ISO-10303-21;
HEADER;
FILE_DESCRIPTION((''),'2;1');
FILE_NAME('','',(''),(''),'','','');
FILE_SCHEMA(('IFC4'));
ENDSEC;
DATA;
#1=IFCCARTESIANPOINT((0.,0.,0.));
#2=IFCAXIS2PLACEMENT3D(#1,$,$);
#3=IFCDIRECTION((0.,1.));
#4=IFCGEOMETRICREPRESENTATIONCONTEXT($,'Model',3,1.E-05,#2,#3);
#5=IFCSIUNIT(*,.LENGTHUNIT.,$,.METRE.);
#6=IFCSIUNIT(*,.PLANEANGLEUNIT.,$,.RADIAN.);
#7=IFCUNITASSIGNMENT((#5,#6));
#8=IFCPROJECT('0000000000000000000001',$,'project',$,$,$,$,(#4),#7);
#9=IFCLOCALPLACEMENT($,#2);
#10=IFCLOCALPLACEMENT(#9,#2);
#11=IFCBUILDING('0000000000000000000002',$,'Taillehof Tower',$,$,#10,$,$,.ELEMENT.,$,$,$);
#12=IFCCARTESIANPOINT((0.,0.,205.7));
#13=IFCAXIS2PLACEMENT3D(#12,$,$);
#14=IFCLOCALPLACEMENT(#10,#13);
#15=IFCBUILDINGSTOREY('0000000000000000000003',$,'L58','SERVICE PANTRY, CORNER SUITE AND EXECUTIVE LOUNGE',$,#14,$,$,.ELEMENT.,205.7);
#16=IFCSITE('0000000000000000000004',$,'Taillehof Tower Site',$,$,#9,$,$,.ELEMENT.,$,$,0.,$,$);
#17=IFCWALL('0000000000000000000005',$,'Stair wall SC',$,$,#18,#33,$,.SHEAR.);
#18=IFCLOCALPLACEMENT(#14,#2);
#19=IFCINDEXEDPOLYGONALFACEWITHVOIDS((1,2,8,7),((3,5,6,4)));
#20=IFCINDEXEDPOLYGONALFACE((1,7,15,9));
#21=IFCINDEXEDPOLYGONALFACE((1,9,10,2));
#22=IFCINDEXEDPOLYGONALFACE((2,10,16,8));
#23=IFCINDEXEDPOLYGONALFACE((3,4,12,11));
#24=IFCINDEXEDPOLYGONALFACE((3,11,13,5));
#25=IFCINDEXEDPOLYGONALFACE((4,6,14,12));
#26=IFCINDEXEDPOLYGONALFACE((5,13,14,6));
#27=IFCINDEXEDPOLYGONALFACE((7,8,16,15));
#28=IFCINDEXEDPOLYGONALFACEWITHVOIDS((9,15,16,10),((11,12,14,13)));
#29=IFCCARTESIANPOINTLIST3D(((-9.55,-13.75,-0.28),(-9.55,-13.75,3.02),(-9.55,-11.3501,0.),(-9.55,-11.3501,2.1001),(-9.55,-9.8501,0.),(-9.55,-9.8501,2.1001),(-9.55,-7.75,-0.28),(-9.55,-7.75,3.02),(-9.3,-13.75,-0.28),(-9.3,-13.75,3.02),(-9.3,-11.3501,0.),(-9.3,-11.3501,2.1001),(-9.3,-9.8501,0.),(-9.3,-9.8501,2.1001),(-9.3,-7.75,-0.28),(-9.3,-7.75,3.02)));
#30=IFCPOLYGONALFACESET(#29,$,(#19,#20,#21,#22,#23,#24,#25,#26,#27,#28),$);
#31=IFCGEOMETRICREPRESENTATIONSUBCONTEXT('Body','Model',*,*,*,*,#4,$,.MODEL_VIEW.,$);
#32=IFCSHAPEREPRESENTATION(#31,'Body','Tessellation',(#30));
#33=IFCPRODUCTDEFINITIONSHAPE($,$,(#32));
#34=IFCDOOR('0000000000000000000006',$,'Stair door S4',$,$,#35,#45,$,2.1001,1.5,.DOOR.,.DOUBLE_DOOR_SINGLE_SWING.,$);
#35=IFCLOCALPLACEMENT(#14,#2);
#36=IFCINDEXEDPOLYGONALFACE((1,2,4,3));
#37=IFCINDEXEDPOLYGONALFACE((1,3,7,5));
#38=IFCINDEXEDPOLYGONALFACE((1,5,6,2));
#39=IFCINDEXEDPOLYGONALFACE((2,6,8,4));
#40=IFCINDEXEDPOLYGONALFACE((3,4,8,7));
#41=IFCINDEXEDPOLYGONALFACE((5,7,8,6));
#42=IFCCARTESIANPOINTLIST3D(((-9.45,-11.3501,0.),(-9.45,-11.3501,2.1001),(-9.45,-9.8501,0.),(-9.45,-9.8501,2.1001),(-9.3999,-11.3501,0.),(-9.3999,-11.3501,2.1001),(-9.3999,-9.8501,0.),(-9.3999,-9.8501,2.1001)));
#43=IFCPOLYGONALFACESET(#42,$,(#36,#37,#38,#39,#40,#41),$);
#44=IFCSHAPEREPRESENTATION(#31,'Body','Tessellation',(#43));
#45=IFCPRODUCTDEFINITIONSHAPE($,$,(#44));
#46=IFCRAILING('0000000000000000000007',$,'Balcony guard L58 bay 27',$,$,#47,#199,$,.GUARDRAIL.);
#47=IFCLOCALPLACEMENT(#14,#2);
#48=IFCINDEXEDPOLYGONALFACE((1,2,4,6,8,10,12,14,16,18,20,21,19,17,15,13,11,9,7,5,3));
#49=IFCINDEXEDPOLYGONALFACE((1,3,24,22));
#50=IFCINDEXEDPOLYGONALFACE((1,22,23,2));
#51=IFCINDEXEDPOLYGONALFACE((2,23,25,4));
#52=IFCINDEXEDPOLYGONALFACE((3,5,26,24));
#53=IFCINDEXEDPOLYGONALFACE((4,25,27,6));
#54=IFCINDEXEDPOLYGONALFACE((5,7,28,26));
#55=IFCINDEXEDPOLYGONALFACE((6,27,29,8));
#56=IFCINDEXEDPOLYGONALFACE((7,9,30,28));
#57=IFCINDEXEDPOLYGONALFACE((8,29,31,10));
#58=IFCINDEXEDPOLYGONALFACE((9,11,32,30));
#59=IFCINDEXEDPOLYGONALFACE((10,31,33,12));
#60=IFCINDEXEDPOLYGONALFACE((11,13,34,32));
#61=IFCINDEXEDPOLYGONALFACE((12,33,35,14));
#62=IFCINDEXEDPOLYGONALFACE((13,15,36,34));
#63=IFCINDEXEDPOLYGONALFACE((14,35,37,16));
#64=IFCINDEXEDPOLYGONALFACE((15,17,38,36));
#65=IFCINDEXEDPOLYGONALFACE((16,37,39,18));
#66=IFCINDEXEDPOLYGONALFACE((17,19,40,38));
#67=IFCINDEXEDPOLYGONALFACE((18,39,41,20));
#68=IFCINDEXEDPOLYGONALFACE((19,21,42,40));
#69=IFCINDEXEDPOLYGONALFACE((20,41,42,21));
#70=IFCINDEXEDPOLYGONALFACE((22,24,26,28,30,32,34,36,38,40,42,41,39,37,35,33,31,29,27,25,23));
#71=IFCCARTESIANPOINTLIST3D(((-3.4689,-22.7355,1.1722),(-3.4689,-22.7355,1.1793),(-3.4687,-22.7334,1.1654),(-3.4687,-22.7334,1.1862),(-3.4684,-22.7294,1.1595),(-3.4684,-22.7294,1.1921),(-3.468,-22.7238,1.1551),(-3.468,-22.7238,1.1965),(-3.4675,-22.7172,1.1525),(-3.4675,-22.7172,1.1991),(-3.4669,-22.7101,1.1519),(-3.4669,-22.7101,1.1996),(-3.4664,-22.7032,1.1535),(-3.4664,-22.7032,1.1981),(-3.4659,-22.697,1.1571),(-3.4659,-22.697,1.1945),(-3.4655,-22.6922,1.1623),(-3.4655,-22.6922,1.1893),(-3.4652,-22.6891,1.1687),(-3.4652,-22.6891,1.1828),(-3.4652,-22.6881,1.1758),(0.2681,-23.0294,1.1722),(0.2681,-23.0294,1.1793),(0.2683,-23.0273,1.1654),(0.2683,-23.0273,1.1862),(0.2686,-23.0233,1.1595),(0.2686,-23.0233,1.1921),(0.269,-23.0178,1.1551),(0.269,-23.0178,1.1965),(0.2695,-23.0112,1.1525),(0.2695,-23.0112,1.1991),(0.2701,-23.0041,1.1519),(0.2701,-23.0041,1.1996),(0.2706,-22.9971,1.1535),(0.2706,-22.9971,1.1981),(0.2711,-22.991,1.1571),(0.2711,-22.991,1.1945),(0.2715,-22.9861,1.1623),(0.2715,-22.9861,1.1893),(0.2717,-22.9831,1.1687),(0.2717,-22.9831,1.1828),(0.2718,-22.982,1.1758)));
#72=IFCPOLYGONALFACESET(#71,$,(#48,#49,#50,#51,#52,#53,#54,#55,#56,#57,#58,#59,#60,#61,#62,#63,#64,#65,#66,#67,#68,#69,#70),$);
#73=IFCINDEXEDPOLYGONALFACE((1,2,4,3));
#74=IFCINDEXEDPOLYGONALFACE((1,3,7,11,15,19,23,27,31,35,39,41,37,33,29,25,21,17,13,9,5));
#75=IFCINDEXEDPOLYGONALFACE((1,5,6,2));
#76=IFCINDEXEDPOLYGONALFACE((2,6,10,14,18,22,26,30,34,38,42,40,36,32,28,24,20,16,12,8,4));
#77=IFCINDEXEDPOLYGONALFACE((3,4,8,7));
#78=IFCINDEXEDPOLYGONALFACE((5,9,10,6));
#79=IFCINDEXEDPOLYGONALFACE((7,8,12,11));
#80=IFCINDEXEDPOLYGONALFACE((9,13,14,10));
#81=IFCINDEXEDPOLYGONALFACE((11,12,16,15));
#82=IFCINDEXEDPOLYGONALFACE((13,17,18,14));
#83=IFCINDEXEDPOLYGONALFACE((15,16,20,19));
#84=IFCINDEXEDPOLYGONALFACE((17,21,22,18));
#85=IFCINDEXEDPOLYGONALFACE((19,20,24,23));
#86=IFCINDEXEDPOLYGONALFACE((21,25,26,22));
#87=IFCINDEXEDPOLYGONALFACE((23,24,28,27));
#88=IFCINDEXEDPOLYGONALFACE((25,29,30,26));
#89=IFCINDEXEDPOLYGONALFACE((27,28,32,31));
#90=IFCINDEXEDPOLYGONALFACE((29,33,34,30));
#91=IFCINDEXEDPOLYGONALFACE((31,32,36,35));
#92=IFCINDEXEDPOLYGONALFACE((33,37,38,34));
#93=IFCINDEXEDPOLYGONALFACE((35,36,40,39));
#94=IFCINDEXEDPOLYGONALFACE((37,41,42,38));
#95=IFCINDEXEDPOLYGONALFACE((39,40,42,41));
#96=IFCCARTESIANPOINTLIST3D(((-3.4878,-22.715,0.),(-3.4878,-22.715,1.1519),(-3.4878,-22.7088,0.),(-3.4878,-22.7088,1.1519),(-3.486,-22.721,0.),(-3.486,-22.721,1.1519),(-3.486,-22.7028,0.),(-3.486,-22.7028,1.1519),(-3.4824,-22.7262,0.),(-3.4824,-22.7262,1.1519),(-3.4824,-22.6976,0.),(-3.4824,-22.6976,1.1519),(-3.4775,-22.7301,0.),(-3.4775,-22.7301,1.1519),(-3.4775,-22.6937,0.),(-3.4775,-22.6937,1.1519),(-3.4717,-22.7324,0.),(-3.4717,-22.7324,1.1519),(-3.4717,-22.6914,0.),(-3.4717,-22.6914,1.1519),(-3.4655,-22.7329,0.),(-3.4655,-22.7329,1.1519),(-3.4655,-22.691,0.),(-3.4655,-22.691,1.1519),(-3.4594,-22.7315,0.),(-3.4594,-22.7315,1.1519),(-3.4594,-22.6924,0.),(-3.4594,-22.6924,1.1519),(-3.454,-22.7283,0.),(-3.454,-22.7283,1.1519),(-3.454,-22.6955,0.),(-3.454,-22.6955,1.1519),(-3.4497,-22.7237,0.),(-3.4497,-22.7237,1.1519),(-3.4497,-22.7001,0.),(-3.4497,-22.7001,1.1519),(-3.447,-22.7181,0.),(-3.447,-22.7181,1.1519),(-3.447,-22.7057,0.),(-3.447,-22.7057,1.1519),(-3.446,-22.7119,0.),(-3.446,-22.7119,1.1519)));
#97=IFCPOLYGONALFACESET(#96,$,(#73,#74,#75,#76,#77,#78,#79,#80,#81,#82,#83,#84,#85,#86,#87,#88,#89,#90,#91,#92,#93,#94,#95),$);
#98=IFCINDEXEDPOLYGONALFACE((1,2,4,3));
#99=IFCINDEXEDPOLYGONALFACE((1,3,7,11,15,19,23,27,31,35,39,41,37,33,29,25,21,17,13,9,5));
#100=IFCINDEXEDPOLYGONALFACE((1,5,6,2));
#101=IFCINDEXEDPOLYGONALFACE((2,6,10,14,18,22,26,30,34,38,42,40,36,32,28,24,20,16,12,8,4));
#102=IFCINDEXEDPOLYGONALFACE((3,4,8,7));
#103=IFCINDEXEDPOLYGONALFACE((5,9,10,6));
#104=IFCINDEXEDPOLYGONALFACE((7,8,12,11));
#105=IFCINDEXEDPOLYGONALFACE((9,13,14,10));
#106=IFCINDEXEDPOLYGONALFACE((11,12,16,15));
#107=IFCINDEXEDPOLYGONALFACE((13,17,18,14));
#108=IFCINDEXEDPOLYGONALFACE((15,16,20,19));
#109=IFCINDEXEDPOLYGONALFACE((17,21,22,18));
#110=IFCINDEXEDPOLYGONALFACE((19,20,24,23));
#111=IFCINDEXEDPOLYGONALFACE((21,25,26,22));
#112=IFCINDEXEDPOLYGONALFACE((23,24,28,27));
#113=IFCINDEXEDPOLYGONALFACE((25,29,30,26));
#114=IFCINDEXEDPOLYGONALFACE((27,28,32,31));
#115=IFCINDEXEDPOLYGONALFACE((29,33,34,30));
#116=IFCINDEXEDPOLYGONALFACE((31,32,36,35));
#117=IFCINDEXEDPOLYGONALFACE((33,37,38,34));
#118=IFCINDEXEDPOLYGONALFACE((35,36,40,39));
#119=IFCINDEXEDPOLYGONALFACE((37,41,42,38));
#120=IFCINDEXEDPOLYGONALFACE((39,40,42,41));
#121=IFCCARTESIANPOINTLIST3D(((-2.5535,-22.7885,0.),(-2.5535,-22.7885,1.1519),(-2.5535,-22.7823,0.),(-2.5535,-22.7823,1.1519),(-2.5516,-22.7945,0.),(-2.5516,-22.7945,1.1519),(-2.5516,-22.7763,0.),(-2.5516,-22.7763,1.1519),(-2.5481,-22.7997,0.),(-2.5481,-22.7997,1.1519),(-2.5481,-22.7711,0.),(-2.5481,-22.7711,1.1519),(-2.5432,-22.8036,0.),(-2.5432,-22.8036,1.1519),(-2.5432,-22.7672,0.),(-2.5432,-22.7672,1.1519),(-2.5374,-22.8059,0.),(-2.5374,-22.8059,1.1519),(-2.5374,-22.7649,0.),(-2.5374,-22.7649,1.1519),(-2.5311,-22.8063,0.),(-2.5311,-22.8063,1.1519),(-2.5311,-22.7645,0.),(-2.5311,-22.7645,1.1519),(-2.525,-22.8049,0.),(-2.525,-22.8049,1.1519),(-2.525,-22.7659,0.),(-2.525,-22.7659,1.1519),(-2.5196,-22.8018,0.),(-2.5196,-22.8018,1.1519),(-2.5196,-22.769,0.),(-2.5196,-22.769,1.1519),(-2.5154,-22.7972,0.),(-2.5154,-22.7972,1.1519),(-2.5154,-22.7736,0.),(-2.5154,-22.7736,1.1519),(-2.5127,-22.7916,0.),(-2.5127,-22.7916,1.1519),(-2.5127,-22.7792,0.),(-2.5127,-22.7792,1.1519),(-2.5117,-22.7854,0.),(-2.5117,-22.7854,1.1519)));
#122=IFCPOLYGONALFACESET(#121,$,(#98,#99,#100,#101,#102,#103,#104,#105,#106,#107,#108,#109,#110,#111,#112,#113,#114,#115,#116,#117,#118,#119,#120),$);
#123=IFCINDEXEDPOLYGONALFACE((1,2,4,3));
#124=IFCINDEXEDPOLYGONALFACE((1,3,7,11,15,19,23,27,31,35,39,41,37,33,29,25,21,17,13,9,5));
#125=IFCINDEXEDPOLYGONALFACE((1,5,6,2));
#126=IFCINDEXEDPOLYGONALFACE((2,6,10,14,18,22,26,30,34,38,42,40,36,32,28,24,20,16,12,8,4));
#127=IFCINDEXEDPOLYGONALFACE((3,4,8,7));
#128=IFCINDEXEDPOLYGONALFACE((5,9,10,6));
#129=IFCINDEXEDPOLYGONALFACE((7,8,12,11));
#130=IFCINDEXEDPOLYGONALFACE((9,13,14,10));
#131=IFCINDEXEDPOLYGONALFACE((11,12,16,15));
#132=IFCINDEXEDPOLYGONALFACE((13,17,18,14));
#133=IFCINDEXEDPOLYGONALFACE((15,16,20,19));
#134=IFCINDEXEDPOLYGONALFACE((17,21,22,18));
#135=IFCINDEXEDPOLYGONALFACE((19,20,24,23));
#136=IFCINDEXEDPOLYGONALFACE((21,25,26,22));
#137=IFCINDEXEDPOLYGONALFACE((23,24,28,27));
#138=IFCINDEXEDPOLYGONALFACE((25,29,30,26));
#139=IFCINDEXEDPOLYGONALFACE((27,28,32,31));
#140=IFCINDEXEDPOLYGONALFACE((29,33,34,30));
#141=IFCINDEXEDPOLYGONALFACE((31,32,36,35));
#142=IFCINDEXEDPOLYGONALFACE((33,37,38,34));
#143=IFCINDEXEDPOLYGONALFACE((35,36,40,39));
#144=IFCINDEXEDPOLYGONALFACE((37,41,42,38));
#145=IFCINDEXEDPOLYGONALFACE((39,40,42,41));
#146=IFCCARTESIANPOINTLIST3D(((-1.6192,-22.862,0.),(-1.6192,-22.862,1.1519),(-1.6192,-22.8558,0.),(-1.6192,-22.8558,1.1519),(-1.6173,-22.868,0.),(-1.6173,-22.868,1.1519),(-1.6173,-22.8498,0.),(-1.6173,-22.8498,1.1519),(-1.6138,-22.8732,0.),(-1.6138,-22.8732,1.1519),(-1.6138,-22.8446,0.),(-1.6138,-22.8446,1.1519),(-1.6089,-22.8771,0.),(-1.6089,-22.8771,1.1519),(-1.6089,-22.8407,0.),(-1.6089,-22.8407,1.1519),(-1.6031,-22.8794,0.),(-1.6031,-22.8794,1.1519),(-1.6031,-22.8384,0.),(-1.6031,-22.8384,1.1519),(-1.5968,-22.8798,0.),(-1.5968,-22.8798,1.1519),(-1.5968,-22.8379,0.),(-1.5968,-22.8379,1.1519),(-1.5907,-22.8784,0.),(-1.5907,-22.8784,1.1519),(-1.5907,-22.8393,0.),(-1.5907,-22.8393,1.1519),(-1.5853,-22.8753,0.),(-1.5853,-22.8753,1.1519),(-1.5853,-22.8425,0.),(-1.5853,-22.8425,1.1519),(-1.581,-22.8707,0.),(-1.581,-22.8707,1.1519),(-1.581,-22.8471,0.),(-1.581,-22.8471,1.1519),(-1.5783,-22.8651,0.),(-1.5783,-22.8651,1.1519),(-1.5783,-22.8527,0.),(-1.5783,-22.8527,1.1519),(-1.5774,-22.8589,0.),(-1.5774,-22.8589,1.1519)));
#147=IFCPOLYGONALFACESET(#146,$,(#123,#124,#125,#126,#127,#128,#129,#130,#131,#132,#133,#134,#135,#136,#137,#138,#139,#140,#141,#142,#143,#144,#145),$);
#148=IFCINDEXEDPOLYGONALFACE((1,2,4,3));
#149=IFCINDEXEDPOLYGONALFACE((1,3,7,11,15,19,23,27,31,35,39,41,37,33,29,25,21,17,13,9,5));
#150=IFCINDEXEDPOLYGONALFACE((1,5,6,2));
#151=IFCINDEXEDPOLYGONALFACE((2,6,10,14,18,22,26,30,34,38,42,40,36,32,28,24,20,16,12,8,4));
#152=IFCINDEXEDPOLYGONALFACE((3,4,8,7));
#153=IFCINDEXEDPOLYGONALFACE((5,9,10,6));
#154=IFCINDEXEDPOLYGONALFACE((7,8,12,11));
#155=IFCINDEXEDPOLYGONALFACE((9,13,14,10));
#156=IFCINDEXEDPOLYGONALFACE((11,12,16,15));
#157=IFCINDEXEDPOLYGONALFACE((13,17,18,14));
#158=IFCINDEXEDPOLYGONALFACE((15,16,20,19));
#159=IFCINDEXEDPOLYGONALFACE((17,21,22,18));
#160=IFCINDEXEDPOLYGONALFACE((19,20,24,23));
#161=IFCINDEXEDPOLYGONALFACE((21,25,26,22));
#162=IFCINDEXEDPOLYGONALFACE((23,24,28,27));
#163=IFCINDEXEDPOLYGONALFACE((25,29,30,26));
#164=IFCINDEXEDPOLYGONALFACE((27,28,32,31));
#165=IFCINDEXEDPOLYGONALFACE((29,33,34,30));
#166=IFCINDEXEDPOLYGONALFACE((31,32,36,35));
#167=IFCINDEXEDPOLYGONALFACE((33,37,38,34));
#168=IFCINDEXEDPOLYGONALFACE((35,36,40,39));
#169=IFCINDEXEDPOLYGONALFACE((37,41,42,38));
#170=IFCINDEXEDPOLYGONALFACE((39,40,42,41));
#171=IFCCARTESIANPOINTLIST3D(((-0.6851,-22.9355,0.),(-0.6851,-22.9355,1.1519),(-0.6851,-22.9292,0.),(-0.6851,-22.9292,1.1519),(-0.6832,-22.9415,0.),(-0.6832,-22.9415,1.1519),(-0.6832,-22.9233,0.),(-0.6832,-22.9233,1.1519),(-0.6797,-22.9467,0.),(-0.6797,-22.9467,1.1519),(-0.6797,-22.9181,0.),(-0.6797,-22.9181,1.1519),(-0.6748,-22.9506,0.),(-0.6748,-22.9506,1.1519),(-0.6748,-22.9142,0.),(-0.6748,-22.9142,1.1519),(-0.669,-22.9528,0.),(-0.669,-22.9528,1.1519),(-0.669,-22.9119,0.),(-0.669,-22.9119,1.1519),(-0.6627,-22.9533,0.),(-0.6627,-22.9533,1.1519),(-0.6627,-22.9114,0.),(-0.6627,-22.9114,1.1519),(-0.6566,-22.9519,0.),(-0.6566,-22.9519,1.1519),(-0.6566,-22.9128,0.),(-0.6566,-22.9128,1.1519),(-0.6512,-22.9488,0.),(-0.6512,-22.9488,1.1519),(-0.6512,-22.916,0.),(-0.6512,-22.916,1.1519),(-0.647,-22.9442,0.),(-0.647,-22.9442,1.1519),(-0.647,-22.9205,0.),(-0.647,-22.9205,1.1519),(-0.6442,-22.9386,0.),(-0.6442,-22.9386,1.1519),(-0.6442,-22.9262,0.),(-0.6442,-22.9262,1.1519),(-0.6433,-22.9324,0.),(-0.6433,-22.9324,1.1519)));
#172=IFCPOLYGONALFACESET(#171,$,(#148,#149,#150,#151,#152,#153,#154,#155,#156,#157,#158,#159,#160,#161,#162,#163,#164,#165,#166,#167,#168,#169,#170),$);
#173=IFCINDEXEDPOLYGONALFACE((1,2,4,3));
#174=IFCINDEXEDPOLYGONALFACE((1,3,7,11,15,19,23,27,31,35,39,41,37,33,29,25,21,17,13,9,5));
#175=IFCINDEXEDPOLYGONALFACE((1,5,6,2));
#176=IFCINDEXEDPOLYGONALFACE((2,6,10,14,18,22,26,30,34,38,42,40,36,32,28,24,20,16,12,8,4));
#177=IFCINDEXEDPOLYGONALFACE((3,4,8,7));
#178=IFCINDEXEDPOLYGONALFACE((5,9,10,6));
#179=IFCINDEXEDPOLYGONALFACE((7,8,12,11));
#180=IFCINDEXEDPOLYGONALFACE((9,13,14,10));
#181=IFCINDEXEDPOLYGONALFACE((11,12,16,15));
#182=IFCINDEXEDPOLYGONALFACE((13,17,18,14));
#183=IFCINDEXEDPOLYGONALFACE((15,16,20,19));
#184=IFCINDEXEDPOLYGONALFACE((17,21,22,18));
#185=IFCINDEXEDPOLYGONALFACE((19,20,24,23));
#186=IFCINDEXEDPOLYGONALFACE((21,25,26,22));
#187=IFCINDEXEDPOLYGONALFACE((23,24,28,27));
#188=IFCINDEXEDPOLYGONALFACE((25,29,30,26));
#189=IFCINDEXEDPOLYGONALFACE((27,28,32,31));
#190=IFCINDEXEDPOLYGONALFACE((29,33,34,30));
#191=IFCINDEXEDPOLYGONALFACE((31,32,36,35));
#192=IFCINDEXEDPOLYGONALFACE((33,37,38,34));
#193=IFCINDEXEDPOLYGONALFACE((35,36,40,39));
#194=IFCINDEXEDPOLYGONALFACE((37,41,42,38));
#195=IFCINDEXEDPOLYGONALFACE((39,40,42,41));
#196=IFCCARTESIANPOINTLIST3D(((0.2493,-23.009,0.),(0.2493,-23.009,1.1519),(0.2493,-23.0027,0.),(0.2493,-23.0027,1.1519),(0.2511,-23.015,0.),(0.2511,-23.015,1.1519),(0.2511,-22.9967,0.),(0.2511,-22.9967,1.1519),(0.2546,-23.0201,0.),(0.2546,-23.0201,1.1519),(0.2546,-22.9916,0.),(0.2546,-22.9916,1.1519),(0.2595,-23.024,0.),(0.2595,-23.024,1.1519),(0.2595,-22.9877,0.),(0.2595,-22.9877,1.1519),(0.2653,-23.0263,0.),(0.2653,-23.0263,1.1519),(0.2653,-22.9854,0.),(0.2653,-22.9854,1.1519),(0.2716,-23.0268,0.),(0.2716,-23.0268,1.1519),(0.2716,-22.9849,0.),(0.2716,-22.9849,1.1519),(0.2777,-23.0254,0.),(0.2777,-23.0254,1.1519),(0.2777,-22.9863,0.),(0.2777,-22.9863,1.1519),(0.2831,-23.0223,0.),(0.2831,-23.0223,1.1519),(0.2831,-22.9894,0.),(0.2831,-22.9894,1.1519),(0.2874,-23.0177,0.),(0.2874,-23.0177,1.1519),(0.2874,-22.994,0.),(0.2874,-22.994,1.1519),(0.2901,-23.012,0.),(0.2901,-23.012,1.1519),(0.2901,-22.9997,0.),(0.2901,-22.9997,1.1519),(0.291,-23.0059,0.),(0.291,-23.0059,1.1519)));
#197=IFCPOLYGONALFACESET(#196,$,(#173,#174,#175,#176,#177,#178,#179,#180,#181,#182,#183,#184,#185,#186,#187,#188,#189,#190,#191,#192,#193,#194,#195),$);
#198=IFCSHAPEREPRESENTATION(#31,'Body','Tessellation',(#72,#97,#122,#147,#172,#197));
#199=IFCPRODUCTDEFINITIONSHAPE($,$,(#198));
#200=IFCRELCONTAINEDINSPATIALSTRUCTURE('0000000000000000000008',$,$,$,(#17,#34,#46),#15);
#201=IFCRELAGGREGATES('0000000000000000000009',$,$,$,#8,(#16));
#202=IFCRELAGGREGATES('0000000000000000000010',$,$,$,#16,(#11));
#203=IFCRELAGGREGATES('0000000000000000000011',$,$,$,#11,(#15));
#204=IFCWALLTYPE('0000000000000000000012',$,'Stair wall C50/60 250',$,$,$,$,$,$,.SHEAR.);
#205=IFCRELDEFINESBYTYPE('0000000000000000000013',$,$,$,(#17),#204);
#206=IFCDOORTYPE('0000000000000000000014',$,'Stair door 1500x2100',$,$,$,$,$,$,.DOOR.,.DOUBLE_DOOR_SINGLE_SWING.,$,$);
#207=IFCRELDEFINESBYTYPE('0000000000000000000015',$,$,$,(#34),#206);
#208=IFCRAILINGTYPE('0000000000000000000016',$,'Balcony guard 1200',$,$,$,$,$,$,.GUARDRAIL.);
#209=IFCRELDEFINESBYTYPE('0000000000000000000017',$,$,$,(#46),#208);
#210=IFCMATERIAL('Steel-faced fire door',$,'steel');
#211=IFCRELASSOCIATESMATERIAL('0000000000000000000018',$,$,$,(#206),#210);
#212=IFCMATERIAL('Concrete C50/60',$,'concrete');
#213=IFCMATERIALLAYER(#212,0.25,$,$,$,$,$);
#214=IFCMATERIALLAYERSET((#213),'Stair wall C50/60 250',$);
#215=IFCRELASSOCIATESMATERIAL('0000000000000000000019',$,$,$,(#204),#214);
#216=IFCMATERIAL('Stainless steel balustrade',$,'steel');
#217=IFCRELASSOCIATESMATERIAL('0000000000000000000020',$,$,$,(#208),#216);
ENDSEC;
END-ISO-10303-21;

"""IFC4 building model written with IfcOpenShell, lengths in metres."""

from ifc_helpers import new_model, si_unit, direction, frame, frame_2d, origin, origin_2d, place, context, subcontext, project, spatial, rectangle, circle, extrude, material, layer, layer_set, type_object, element, fill, save


model = new_model("IFC4")

# Units and contexts
model_context = context("Model", 3, precision=1e-05, world=origin(), true_north=direction((0.0, 1.0)))
body_context = subcontext(model_context, "Body", "Model", "MODEL_VIEW")
ifc_project = project(units=[si_unit("LENGTHUNIT", "METRE"), si_unit("PLANEANGLEUNIT", "RADIAN")], contexts=[model_context])

# Site, building, storey
site_placement = place(None, origin())
site = spatial("IfcSite", under=ifc_project, at=site_placement, Name="Taillehof Tower Site", CompositionType="ELEMENT", RefElevation=0.0)
building_placement = place(site_placement, origin())
building = spatial("IfcBuilding", under=site, at=building_placement, Name="Taillehof Tower", CompositionType="ELEMENT")
storey_placement = place(building_placement, frame((0.0, 0.0, 205.7)))
storey = spatial("IfcBuildingStorey", under=building, at=storey_placement, Name="L58", Description="SERVICE PANTRY, CORNER SUITE AND EXECUTIVE LOUNGE", CompositionType="ELEMENT", Elevation=205.7)

# Wall, opening, door
ifc_material_1 = material(Name="Steel-faced fire door", Category="steel")
door_type_1 = type_object("IfcDoorType", Name="Stair door 1500x2100", OperationType="DOUBLE_DOOR_SINGLE_SWING", PredefinedType="DOOR", material=ifc_material_1)
ifc_material_2 = material(Name="Concrete C50/60", Category="concrete")
ifc_layer_1 = layer(ifc_material_2, 0.25)
ifc_layer_set_1 = layer_set([ifc_layer_1], Name="Stair wall C50/60 250")
wall_type_1 = type_object("IfcWallType", Name="Stair wall C50/60 250", PredefinedType="SHEAR", material=ifc_layer_set_1)
wall_1_placement = place(storey_placement, frame((-9.425, -13.75, -0.28), z_axis=(0.0, 0.0, 1.0), x_axis=(0.0, 1.0, 0.0)))
wall_1 = element("IfcWall", 1, at=wall_1_placement, inside=storey, type_object=wall_type_1, Name="Stair wall SC", PredefinedType="SHEAR", context=body_context, shape_type="SweptSolid", body=[
    extrude(rectangle(XDim=6.0, YDim=0.25, at=frame_2d((3.0, 0.0))), origin(), (0.0, 0.0, 1.0), 3.3),
])
opening_1_placement = place(wall_1_placement, frame((2.3999, 0.0, 0.28)))
opening_1 = element("IfcOpeningElement", 2, at=opening_1_placement, cuts=wall_1, PredefinedType="OPENING", context=body_context, shape_type="SweptSolid", body=[
    extrude(rectangle(XDim=1.5, YDim=2.1001, at=frame_2d((0.75, 1.05))), frame((0.0, 0.135, 0.0), z_axis=(0.0, -1.0, 0.0), x_axis=(1.0, 0.0, 0.0)), (0.0, 0.0, 1.0), 0.27),
])
door_1_placement = place(opening_1_placement, origin())
door_1 = element("IfcDoor", 3, at=door_1_placement, inside=storey, type_object=door_type_1, Name="Stair door S4", OperationType="DOUBLE_DOOR_SINGLE_SWING", OverallHeight=2.1001, OverallWidth=1.5, PredefinedType="DOOR", context=body_context, shape_type="SweptSolid", body=[
    extrude(rectangle(XDim=1.5, YDim=2.1001, at=frame_2d((0.75, 1.05))), frame((0.0, 0.0249, 0.0), z_axis=(0.0, -1.0, 0.0), x_axis=(1.0, 0.0, 0.0)), (0.0, 0.0, 1.0), 0.05),
])
fill(opening_1, door_1)

# Railing
ifc_material_3 = material(Name="Stainless steel balustrade", Category="steel")
railing_type = type_object("IfcRailingType", Name="Balcony guard 1200", PredefinedType="GUARDRAIL", material=ifc_material_3)
railing_placement = place(storey_placement, frame((-3.467, -22.7119, 0.0)))
element("IfcRailing", 4, at=railing_placement, inside=storey, type_object=railing_type, Name="Balcony guard L58 bay 27", PredefinedType="GUARDRAIL", context=body_context, shape_type="SweptSolid", body=[
    extrude(circle(Radius=0.0239, at=origin_2d()), frame((0.0, 0.0, 1.1758), z_axis=(0.996921, -0.078415, 0.0), x_axis=(0.078415, 0.996921, 0.0)), (0.0, 0.0, 1.0), 3.7485),
    extrude(circle(Radius=0.021, at=origin_2d()), origin(), (0.0, 0.0, 1.0), 1.1519),
    extrude(circle(Radius=0.021, at=origin_2d()), frame((0.9343, -0.0735, 0.0)), (0.0, 0.0, 1.0), 1.1519),
    extrude(circle(Radius=0.021, at=origin_2d()), frame((1.8687, -0.147, 0.0)), (0.0, 0.0, 1.0), 1.1519),
    extrude(circle(Radius=0.021, at=origin_2d()), frame((2.8027, -0.2205, 0.0)), (0.0, 0.0, 1.0), 1.1519),
    extrude(circle(Radius=0.021, at=origin_2d()), frame((3.7371, -0.2939, 0.0)), (0.0, 0.0, 1.0), 1.1519),
])

save(model, "model.ifc")
